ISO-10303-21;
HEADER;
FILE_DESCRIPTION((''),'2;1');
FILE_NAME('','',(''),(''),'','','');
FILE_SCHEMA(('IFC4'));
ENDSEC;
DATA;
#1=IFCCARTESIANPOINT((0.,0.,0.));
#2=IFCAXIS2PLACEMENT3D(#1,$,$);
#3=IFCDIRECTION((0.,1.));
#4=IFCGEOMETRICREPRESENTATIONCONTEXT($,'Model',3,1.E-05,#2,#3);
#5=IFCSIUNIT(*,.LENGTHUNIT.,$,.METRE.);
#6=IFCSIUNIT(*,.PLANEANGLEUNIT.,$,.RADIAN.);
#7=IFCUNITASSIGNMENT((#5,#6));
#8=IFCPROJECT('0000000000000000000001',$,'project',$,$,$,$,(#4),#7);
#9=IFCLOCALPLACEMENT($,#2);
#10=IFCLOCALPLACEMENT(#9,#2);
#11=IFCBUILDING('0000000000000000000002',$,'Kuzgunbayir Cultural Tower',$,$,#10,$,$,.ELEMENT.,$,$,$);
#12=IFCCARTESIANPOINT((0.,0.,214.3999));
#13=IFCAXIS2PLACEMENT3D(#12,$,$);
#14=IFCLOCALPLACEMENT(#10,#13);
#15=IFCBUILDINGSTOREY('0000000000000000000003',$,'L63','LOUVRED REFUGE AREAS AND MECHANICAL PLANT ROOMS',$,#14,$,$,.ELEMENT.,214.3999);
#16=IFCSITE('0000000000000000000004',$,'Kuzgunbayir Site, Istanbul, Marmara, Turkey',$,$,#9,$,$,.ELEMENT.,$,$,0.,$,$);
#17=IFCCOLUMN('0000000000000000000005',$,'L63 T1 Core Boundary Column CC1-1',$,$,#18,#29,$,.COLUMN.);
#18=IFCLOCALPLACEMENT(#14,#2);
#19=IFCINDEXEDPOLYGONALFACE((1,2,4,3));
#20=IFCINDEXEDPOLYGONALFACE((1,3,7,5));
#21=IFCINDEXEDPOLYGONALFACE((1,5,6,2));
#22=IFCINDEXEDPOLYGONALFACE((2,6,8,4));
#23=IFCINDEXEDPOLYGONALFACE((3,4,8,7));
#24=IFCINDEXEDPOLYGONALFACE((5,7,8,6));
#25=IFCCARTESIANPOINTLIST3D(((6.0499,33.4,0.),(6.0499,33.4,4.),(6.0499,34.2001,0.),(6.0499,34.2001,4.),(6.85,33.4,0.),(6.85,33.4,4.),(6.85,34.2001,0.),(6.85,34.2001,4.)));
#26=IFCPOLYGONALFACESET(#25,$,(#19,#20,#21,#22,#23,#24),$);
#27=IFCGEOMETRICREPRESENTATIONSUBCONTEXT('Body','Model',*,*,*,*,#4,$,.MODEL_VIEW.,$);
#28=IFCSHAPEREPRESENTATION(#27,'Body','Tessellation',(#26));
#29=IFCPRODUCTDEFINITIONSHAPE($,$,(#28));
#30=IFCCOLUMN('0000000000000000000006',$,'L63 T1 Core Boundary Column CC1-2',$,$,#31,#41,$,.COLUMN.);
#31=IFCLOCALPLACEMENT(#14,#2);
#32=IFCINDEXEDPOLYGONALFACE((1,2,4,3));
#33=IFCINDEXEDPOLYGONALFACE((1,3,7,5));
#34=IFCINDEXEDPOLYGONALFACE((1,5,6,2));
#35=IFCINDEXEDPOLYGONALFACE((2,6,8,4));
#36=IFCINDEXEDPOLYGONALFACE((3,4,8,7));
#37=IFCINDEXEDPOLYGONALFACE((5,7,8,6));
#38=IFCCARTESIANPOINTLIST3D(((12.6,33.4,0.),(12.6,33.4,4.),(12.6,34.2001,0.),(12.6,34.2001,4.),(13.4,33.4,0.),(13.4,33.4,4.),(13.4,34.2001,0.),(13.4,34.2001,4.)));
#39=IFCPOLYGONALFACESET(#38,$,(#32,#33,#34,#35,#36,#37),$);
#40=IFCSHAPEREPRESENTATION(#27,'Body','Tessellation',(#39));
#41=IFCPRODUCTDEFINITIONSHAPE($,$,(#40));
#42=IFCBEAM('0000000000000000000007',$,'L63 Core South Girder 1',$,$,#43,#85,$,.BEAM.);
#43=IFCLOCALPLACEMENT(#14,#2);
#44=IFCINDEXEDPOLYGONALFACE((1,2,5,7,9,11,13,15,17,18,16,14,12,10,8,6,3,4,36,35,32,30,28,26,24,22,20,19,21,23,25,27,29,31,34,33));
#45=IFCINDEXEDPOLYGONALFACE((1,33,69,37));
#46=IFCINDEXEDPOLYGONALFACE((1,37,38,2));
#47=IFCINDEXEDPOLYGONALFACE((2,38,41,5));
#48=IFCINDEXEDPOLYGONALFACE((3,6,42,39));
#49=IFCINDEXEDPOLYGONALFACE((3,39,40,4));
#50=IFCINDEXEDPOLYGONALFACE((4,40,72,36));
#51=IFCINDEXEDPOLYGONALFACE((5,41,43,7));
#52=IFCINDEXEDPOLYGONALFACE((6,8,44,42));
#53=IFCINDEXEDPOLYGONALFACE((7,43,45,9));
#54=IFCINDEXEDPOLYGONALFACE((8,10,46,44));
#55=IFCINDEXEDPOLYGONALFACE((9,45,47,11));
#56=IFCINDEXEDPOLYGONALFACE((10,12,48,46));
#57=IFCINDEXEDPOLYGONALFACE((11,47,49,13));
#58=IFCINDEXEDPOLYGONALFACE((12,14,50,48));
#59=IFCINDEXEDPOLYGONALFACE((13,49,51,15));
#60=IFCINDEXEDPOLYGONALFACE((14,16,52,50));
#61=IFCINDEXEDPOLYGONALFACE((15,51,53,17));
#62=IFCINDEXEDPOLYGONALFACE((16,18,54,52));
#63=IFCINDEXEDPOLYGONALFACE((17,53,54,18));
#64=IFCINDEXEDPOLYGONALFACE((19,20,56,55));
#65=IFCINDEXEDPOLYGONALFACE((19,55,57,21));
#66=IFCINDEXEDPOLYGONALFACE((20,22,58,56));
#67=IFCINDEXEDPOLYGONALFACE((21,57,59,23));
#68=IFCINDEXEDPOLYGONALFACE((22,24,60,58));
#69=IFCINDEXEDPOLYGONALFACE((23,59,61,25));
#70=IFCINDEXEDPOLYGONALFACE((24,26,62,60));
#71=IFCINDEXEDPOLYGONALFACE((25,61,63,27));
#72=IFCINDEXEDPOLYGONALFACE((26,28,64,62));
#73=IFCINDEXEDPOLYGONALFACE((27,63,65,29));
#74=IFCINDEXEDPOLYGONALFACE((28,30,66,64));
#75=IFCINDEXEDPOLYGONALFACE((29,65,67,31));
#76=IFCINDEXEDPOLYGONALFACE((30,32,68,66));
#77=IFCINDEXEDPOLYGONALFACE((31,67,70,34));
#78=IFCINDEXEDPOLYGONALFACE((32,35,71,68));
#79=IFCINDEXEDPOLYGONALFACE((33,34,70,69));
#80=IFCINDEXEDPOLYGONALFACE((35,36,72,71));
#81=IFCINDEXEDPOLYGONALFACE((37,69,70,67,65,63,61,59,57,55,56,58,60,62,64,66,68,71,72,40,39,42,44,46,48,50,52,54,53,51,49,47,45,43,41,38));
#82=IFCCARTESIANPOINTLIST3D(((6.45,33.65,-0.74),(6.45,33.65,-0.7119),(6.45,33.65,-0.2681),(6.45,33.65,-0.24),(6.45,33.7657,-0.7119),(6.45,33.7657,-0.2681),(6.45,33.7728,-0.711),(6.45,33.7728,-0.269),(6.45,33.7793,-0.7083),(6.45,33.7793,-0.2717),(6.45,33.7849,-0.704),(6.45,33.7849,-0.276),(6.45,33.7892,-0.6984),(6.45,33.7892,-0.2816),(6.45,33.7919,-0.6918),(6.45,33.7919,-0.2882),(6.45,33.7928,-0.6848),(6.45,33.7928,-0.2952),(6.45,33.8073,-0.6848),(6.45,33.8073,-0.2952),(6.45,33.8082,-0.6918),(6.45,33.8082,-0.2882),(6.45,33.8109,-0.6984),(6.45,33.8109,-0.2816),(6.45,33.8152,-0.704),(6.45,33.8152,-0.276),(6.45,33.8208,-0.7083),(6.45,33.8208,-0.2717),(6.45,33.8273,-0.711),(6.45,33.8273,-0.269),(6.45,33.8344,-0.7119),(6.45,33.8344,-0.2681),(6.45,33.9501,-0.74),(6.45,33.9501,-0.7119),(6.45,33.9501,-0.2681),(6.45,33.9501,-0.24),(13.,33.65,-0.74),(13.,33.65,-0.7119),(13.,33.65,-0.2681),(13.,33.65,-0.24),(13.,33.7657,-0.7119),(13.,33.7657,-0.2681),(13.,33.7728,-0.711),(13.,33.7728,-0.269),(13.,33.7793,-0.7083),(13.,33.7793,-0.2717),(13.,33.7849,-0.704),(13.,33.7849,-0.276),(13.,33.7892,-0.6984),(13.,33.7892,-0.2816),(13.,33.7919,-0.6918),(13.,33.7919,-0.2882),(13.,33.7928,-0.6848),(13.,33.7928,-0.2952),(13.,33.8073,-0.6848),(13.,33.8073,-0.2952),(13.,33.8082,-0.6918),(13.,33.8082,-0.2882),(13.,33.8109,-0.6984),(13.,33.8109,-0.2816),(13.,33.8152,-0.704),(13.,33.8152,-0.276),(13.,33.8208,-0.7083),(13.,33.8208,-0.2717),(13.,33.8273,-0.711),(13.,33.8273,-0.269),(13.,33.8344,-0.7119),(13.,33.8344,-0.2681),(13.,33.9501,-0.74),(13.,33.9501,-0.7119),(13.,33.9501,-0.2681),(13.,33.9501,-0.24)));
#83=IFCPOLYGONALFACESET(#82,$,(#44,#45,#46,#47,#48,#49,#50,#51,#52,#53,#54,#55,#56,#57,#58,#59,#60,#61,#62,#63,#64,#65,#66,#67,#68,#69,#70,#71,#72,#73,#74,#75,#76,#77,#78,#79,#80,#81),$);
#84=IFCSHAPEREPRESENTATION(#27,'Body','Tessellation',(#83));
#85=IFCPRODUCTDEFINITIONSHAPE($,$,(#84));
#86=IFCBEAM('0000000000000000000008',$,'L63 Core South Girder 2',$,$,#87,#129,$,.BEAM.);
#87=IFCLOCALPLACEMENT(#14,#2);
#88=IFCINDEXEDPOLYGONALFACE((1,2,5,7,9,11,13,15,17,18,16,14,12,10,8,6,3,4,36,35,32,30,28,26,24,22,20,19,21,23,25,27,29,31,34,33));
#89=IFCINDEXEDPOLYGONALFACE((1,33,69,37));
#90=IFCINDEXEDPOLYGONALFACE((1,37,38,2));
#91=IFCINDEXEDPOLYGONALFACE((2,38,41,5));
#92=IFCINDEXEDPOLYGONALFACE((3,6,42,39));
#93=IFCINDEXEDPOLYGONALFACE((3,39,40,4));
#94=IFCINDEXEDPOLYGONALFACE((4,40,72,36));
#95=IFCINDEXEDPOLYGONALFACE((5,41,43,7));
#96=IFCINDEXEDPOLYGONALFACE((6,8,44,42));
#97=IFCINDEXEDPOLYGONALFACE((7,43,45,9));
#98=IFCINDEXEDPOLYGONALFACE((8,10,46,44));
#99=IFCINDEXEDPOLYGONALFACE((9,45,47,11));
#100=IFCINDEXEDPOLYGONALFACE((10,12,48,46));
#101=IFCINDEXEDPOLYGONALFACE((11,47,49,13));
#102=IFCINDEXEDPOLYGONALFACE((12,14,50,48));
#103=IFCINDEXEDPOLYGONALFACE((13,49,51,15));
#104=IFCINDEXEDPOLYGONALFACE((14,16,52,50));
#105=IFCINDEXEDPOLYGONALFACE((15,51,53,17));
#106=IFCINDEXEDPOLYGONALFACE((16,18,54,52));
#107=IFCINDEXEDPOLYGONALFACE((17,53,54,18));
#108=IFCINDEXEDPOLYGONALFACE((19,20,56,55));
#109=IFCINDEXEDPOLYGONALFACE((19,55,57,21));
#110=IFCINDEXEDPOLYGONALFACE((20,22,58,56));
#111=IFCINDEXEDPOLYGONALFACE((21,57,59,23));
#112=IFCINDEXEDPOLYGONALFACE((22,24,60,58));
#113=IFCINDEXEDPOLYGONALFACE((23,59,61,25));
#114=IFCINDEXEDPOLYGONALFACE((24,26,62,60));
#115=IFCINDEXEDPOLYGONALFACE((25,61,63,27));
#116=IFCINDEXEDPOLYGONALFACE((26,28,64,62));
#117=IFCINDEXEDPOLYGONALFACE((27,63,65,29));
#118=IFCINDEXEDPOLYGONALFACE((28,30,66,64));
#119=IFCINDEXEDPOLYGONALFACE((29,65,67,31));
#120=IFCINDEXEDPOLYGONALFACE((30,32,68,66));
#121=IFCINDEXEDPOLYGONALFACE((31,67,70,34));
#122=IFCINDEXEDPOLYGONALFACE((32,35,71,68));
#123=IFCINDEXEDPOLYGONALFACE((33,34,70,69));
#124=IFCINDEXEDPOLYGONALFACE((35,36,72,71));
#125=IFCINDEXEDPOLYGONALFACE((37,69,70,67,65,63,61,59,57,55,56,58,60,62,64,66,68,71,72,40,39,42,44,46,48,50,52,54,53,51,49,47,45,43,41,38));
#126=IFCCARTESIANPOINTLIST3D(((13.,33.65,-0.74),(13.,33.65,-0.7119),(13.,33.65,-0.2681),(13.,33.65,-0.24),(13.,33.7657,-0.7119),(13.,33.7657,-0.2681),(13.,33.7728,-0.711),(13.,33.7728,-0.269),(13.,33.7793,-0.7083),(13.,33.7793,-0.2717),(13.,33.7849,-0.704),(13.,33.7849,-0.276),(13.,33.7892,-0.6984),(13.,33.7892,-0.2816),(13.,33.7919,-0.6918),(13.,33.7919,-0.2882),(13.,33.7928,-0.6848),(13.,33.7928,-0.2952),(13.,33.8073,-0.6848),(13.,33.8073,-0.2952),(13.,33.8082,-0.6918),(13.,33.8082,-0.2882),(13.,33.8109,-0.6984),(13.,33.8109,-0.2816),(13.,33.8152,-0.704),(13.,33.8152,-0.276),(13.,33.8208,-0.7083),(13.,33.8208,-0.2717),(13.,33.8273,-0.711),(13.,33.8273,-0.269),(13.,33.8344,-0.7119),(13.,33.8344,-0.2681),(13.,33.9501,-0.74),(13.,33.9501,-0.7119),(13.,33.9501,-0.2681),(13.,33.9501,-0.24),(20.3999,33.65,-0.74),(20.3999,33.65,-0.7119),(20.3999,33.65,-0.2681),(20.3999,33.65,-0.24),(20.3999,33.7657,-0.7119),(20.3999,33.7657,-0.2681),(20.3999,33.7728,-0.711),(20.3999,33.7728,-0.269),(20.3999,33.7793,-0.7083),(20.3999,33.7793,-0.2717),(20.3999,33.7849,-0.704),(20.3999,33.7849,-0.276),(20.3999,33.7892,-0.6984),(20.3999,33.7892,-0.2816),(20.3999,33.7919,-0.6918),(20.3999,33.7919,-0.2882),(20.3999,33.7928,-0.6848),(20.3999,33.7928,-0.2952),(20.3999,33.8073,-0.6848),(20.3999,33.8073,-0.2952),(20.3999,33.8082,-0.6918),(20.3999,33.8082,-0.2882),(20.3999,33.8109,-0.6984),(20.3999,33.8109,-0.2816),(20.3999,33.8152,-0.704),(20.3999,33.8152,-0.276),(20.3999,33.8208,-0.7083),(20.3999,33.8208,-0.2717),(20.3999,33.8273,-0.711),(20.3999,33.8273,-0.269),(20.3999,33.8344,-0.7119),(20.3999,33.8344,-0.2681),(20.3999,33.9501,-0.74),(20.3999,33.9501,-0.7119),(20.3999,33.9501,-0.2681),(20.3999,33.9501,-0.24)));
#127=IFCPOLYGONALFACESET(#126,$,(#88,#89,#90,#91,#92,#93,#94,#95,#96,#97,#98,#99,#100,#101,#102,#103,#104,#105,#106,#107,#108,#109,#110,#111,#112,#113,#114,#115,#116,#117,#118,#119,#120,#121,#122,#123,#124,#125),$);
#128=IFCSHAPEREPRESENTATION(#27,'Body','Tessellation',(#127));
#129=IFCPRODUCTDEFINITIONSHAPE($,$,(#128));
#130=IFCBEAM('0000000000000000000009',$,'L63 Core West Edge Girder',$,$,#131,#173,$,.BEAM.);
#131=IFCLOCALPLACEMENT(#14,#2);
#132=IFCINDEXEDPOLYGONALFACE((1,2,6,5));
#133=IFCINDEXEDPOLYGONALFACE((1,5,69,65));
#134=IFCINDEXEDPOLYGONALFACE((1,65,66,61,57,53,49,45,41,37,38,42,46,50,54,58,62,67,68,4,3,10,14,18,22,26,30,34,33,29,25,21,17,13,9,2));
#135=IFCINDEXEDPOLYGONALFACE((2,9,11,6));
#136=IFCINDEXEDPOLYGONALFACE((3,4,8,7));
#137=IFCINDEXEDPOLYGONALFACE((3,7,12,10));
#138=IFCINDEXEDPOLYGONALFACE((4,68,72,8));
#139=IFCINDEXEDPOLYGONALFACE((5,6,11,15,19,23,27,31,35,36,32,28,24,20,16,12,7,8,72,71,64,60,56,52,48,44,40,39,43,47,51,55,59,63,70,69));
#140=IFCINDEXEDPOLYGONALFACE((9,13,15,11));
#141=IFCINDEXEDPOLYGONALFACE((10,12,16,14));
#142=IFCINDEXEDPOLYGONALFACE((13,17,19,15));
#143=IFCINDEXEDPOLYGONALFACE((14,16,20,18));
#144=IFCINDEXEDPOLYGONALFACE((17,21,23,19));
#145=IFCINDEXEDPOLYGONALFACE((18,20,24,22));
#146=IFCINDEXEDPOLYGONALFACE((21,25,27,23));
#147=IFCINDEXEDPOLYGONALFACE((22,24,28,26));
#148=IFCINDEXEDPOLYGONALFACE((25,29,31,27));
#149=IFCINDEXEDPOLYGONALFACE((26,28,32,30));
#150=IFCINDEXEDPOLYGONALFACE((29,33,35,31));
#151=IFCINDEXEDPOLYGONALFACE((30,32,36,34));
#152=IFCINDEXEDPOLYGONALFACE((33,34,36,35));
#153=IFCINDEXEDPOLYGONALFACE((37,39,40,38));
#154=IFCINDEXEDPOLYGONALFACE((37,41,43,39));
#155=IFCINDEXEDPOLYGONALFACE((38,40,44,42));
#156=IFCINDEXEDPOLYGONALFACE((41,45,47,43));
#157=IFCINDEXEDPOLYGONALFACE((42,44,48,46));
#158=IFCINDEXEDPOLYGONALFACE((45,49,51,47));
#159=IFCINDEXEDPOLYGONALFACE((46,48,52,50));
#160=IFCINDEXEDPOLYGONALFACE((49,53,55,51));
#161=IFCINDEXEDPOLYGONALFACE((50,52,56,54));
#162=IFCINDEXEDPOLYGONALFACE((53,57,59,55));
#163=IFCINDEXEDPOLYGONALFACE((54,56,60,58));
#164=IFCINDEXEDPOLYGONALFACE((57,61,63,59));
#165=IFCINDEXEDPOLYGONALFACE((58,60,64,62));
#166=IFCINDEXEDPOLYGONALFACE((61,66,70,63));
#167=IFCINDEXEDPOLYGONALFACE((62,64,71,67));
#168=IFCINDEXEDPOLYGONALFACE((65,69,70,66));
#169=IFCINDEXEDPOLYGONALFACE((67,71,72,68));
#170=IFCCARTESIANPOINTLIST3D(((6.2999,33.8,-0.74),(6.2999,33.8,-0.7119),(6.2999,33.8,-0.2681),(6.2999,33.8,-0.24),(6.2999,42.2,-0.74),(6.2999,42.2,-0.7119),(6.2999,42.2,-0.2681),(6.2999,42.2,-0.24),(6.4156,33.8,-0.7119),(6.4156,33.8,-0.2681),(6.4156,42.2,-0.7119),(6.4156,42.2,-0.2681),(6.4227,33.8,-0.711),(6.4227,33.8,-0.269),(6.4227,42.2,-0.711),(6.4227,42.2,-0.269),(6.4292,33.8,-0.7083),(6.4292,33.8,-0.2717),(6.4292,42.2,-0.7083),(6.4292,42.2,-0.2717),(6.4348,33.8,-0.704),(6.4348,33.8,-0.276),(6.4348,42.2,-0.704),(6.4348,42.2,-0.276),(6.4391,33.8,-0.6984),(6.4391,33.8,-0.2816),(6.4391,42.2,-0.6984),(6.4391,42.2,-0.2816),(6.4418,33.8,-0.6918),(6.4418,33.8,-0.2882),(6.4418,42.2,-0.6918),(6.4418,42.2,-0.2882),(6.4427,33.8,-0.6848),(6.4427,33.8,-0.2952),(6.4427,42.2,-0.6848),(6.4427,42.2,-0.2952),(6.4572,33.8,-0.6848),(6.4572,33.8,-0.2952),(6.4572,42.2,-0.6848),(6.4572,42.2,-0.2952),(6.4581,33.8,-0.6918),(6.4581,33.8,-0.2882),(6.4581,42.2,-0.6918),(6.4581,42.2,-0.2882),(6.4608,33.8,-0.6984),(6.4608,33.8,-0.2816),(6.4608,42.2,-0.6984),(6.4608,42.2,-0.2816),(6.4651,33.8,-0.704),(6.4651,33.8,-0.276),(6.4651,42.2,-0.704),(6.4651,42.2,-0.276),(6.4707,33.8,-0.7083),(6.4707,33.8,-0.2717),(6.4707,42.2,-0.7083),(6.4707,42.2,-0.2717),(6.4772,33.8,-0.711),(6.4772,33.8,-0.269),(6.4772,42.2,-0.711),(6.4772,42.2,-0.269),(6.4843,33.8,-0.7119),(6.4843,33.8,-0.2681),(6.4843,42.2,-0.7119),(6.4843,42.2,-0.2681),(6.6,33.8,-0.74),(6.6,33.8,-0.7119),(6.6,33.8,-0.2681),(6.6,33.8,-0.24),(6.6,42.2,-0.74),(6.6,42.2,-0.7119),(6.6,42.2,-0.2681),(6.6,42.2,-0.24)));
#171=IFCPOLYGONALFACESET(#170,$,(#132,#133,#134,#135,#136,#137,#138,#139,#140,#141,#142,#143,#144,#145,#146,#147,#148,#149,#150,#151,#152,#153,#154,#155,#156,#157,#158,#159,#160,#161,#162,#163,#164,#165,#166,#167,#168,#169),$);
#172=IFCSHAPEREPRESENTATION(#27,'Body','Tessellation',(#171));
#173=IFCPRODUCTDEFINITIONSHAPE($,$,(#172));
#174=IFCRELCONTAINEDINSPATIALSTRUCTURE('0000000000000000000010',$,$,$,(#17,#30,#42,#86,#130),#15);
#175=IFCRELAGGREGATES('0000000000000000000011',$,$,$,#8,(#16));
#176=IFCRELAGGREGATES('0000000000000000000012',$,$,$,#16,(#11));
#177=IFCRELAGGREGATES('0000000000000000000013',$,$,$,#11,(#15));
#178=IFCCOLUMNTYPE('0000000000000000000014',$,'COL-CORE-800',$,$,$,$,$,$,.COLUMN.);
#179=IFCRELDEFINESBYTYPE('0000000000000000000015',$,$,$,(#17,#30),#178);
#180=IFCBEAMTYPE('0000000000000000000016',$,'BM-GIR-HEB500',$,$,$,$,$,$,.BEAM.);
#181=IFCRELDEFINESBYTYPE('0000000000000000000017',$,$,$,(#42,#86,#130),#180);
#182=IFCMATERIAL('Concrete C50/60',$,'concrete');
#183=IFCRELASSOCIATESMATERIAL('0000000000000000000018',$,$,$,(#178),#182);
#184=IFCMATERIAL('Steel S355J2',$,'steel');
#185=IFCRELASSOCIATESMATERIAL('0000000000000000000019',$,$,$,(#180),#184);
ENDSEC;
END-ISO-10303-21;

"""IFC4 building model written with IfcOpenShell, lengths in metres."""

from ifc_helpers import new_model, si_unit, direction, frame, origin, origin_2d, place, context, subcontext, project, spatial, rectangle, i_section, extrude, material, material_profile, profile_set, type_object, element, save


model = new_model("IFC4")

# Units and contexts
model_context = context("Model", 3, precision=1e-05, world=origin(), true_north=direction((0.0, 1.0)))
body_context = subcontext(model_context, "Body", "Model", "MODEL_VIEW")
ifc_project = project(units=[si_unit("LENGTHUNIT", "METRE"), si_unit("PLANEANGLEUNIT", "RADIAN")], contexts=[model_context])

# Site, building, storey
site_placement = place(None, origin())
site = spatial("IfcSite", under=ifc_project, at=site_placement, Name="Kuzgunbayir Site, Istanbul, Marmara, Turkey", CompositionType="ELEMENT", RefElevation=0.0)
building_placement = place(site_placement, origin())
building = spatial("IfcBuilding", under=site, at=building_placement, Name="Kuzgunbayir Cultural Tower", CompositionType="ELEMENT")
storey_placement = place(building_placement, frame((0.0, 0.0, 214.3999)))
storey = spatial("IfcBuildingStorey", under=building, at=storey_placement, Name="L63", Description="LOUVRED REFUGE AREAS AND MECHANICAL PLANT ROOMS", CompositionType="ELEMENT", Elevation=214.3999)

# Columns
ifc_material_1 = material(Name="Concrete C50/60", Category="concrete")
ifc_material_profile_1 = material_profile(ifc_material_1, rectangle(XDim=0.8, YDim=0.8, at=origin_2d()), Name="RC 800x800")
ifc_profile_set_1 = profile_set([ifc_material_profile_1], Name="Concrete C50/60")
column_type = type_object("IfcColumnType", Name="COL-CORE-800", PredefinedType="COLUMN", material=ifc_profile_set_1)
for number, where, z_axis, x_axis, name in (
    (1, (6.45, 33.8, 0.0), (0.0, 0.0, 1.0), (1.0, 0.0, 0.0), "L63 T1 Core Boundary Column CC1-1"),
    (2, (13.0, 33.8, 0.0), (0.0, 0.0, 1.0), (1.0, 0.0, 0.0), "L63 T1 Core Boundary Column CC1-2"),
):
    element("IfcColumn", number, at=place(storey_placement, frame(where, z_axis=z_axis, x_axis=x_axis)), inside=storey, type_object=column_type, Name=name, PredefinedType="COLUMN", context=body_context, shape_type="SweptSolid", body=[
        extrude(rectangle(XDim=0.8, YDim=0.8, at=origin_2d()), origin(), (0.0, 0.0, 1.0), 4.0),
    ])

# Beams
ifc_material_2 = material(Name="Steel S355J2", Category="steel")
ifc_material_profile_2 = material_profile(ifc_material_2, i_section(OverallWidth=0.3, OverallDepth=0.5, WebThickness=0.0144, FlangeThickness=0.0281, FilletRadius=0.0271, at=origin_2d()), Name="HEB 500")
ifc_profile_set_2 = profile_set([ifc_material_profile_2], Name="Steel S355J2")
beam_type = type_object("IfcBeamType", Name="BM-GIR-HEB500", PredefinedType="BEAM", material=ifc_profile_set_2)
beam_1_placement = place(storey_placement, frame((6.45, 33.8, -0.49), z_axis=(1.0, 0.0, 0.0), x_axis=(0.0, 1.0, 0.0)))
element("IfcBeam", 3, at=beam_1_placement, inside=storey, type_object=beam_type, Name="L63 Core South Girder 1", PredefinedType="BEAM", context=body_context, shape_type="SweptSolid", body=[
    extrude(i_section(OverallWidth=0.3, OverallDepth=0.5, WebThickness=0.0144, FlangeThickness=0.0281, FilletRadius=0.0271, at=origin_2d()), origin(), (0.0, 0.0, 1.0), 6.55),
])
beam_2_placement = place(storey_placement, frame((13.0, 33.8, -0.49), z_axis=(1.0, 0.0, 0.0), x_axis=(0.0, 1.0, 0.0)))
element("IfcBeam", 4, at=beam_2_placement, inside=storey, type_object=beam_type, Name="L63 Core South Girder 2", PredefinedType="BEAM", context=body_context, shape_type="SweptSolid", body=[
    extrude(i_section(OverallWidth=0.3, OverallDepth=0.5, WebThickness=0.0144, FlangeThickness=0.0281, FilletRadius=0.0271, at=origin_2d()), origin(), (0.0, 0.0, 1.0), 7.3999),
])
beam_3_placement = place(storey_placement, frame((6.45, 33.8, -0.49), z_axis=(0.0, 1.0, 0.0), x_axis=(-1.0, 0.0, 0.0)))
element("IfcBeam", 5, at=beam_3_placement, inside=storey, type_object=beam_type, Name="L63 Core West Edge Girder", PredefinedType="BEAM", context=body_context, shape_type="SweptSolid", body=[
    extrude(i_section(OverallWidth=0.3, OverallDepth=0.5, WebThickness=0.0144, FlangeThickness=0.0281, FilletRadius=0.0271, at=origin_2d()), origin(), (0.0, 0.0, 1.0), 8.3999),
])

save(model, "model.ifc")
